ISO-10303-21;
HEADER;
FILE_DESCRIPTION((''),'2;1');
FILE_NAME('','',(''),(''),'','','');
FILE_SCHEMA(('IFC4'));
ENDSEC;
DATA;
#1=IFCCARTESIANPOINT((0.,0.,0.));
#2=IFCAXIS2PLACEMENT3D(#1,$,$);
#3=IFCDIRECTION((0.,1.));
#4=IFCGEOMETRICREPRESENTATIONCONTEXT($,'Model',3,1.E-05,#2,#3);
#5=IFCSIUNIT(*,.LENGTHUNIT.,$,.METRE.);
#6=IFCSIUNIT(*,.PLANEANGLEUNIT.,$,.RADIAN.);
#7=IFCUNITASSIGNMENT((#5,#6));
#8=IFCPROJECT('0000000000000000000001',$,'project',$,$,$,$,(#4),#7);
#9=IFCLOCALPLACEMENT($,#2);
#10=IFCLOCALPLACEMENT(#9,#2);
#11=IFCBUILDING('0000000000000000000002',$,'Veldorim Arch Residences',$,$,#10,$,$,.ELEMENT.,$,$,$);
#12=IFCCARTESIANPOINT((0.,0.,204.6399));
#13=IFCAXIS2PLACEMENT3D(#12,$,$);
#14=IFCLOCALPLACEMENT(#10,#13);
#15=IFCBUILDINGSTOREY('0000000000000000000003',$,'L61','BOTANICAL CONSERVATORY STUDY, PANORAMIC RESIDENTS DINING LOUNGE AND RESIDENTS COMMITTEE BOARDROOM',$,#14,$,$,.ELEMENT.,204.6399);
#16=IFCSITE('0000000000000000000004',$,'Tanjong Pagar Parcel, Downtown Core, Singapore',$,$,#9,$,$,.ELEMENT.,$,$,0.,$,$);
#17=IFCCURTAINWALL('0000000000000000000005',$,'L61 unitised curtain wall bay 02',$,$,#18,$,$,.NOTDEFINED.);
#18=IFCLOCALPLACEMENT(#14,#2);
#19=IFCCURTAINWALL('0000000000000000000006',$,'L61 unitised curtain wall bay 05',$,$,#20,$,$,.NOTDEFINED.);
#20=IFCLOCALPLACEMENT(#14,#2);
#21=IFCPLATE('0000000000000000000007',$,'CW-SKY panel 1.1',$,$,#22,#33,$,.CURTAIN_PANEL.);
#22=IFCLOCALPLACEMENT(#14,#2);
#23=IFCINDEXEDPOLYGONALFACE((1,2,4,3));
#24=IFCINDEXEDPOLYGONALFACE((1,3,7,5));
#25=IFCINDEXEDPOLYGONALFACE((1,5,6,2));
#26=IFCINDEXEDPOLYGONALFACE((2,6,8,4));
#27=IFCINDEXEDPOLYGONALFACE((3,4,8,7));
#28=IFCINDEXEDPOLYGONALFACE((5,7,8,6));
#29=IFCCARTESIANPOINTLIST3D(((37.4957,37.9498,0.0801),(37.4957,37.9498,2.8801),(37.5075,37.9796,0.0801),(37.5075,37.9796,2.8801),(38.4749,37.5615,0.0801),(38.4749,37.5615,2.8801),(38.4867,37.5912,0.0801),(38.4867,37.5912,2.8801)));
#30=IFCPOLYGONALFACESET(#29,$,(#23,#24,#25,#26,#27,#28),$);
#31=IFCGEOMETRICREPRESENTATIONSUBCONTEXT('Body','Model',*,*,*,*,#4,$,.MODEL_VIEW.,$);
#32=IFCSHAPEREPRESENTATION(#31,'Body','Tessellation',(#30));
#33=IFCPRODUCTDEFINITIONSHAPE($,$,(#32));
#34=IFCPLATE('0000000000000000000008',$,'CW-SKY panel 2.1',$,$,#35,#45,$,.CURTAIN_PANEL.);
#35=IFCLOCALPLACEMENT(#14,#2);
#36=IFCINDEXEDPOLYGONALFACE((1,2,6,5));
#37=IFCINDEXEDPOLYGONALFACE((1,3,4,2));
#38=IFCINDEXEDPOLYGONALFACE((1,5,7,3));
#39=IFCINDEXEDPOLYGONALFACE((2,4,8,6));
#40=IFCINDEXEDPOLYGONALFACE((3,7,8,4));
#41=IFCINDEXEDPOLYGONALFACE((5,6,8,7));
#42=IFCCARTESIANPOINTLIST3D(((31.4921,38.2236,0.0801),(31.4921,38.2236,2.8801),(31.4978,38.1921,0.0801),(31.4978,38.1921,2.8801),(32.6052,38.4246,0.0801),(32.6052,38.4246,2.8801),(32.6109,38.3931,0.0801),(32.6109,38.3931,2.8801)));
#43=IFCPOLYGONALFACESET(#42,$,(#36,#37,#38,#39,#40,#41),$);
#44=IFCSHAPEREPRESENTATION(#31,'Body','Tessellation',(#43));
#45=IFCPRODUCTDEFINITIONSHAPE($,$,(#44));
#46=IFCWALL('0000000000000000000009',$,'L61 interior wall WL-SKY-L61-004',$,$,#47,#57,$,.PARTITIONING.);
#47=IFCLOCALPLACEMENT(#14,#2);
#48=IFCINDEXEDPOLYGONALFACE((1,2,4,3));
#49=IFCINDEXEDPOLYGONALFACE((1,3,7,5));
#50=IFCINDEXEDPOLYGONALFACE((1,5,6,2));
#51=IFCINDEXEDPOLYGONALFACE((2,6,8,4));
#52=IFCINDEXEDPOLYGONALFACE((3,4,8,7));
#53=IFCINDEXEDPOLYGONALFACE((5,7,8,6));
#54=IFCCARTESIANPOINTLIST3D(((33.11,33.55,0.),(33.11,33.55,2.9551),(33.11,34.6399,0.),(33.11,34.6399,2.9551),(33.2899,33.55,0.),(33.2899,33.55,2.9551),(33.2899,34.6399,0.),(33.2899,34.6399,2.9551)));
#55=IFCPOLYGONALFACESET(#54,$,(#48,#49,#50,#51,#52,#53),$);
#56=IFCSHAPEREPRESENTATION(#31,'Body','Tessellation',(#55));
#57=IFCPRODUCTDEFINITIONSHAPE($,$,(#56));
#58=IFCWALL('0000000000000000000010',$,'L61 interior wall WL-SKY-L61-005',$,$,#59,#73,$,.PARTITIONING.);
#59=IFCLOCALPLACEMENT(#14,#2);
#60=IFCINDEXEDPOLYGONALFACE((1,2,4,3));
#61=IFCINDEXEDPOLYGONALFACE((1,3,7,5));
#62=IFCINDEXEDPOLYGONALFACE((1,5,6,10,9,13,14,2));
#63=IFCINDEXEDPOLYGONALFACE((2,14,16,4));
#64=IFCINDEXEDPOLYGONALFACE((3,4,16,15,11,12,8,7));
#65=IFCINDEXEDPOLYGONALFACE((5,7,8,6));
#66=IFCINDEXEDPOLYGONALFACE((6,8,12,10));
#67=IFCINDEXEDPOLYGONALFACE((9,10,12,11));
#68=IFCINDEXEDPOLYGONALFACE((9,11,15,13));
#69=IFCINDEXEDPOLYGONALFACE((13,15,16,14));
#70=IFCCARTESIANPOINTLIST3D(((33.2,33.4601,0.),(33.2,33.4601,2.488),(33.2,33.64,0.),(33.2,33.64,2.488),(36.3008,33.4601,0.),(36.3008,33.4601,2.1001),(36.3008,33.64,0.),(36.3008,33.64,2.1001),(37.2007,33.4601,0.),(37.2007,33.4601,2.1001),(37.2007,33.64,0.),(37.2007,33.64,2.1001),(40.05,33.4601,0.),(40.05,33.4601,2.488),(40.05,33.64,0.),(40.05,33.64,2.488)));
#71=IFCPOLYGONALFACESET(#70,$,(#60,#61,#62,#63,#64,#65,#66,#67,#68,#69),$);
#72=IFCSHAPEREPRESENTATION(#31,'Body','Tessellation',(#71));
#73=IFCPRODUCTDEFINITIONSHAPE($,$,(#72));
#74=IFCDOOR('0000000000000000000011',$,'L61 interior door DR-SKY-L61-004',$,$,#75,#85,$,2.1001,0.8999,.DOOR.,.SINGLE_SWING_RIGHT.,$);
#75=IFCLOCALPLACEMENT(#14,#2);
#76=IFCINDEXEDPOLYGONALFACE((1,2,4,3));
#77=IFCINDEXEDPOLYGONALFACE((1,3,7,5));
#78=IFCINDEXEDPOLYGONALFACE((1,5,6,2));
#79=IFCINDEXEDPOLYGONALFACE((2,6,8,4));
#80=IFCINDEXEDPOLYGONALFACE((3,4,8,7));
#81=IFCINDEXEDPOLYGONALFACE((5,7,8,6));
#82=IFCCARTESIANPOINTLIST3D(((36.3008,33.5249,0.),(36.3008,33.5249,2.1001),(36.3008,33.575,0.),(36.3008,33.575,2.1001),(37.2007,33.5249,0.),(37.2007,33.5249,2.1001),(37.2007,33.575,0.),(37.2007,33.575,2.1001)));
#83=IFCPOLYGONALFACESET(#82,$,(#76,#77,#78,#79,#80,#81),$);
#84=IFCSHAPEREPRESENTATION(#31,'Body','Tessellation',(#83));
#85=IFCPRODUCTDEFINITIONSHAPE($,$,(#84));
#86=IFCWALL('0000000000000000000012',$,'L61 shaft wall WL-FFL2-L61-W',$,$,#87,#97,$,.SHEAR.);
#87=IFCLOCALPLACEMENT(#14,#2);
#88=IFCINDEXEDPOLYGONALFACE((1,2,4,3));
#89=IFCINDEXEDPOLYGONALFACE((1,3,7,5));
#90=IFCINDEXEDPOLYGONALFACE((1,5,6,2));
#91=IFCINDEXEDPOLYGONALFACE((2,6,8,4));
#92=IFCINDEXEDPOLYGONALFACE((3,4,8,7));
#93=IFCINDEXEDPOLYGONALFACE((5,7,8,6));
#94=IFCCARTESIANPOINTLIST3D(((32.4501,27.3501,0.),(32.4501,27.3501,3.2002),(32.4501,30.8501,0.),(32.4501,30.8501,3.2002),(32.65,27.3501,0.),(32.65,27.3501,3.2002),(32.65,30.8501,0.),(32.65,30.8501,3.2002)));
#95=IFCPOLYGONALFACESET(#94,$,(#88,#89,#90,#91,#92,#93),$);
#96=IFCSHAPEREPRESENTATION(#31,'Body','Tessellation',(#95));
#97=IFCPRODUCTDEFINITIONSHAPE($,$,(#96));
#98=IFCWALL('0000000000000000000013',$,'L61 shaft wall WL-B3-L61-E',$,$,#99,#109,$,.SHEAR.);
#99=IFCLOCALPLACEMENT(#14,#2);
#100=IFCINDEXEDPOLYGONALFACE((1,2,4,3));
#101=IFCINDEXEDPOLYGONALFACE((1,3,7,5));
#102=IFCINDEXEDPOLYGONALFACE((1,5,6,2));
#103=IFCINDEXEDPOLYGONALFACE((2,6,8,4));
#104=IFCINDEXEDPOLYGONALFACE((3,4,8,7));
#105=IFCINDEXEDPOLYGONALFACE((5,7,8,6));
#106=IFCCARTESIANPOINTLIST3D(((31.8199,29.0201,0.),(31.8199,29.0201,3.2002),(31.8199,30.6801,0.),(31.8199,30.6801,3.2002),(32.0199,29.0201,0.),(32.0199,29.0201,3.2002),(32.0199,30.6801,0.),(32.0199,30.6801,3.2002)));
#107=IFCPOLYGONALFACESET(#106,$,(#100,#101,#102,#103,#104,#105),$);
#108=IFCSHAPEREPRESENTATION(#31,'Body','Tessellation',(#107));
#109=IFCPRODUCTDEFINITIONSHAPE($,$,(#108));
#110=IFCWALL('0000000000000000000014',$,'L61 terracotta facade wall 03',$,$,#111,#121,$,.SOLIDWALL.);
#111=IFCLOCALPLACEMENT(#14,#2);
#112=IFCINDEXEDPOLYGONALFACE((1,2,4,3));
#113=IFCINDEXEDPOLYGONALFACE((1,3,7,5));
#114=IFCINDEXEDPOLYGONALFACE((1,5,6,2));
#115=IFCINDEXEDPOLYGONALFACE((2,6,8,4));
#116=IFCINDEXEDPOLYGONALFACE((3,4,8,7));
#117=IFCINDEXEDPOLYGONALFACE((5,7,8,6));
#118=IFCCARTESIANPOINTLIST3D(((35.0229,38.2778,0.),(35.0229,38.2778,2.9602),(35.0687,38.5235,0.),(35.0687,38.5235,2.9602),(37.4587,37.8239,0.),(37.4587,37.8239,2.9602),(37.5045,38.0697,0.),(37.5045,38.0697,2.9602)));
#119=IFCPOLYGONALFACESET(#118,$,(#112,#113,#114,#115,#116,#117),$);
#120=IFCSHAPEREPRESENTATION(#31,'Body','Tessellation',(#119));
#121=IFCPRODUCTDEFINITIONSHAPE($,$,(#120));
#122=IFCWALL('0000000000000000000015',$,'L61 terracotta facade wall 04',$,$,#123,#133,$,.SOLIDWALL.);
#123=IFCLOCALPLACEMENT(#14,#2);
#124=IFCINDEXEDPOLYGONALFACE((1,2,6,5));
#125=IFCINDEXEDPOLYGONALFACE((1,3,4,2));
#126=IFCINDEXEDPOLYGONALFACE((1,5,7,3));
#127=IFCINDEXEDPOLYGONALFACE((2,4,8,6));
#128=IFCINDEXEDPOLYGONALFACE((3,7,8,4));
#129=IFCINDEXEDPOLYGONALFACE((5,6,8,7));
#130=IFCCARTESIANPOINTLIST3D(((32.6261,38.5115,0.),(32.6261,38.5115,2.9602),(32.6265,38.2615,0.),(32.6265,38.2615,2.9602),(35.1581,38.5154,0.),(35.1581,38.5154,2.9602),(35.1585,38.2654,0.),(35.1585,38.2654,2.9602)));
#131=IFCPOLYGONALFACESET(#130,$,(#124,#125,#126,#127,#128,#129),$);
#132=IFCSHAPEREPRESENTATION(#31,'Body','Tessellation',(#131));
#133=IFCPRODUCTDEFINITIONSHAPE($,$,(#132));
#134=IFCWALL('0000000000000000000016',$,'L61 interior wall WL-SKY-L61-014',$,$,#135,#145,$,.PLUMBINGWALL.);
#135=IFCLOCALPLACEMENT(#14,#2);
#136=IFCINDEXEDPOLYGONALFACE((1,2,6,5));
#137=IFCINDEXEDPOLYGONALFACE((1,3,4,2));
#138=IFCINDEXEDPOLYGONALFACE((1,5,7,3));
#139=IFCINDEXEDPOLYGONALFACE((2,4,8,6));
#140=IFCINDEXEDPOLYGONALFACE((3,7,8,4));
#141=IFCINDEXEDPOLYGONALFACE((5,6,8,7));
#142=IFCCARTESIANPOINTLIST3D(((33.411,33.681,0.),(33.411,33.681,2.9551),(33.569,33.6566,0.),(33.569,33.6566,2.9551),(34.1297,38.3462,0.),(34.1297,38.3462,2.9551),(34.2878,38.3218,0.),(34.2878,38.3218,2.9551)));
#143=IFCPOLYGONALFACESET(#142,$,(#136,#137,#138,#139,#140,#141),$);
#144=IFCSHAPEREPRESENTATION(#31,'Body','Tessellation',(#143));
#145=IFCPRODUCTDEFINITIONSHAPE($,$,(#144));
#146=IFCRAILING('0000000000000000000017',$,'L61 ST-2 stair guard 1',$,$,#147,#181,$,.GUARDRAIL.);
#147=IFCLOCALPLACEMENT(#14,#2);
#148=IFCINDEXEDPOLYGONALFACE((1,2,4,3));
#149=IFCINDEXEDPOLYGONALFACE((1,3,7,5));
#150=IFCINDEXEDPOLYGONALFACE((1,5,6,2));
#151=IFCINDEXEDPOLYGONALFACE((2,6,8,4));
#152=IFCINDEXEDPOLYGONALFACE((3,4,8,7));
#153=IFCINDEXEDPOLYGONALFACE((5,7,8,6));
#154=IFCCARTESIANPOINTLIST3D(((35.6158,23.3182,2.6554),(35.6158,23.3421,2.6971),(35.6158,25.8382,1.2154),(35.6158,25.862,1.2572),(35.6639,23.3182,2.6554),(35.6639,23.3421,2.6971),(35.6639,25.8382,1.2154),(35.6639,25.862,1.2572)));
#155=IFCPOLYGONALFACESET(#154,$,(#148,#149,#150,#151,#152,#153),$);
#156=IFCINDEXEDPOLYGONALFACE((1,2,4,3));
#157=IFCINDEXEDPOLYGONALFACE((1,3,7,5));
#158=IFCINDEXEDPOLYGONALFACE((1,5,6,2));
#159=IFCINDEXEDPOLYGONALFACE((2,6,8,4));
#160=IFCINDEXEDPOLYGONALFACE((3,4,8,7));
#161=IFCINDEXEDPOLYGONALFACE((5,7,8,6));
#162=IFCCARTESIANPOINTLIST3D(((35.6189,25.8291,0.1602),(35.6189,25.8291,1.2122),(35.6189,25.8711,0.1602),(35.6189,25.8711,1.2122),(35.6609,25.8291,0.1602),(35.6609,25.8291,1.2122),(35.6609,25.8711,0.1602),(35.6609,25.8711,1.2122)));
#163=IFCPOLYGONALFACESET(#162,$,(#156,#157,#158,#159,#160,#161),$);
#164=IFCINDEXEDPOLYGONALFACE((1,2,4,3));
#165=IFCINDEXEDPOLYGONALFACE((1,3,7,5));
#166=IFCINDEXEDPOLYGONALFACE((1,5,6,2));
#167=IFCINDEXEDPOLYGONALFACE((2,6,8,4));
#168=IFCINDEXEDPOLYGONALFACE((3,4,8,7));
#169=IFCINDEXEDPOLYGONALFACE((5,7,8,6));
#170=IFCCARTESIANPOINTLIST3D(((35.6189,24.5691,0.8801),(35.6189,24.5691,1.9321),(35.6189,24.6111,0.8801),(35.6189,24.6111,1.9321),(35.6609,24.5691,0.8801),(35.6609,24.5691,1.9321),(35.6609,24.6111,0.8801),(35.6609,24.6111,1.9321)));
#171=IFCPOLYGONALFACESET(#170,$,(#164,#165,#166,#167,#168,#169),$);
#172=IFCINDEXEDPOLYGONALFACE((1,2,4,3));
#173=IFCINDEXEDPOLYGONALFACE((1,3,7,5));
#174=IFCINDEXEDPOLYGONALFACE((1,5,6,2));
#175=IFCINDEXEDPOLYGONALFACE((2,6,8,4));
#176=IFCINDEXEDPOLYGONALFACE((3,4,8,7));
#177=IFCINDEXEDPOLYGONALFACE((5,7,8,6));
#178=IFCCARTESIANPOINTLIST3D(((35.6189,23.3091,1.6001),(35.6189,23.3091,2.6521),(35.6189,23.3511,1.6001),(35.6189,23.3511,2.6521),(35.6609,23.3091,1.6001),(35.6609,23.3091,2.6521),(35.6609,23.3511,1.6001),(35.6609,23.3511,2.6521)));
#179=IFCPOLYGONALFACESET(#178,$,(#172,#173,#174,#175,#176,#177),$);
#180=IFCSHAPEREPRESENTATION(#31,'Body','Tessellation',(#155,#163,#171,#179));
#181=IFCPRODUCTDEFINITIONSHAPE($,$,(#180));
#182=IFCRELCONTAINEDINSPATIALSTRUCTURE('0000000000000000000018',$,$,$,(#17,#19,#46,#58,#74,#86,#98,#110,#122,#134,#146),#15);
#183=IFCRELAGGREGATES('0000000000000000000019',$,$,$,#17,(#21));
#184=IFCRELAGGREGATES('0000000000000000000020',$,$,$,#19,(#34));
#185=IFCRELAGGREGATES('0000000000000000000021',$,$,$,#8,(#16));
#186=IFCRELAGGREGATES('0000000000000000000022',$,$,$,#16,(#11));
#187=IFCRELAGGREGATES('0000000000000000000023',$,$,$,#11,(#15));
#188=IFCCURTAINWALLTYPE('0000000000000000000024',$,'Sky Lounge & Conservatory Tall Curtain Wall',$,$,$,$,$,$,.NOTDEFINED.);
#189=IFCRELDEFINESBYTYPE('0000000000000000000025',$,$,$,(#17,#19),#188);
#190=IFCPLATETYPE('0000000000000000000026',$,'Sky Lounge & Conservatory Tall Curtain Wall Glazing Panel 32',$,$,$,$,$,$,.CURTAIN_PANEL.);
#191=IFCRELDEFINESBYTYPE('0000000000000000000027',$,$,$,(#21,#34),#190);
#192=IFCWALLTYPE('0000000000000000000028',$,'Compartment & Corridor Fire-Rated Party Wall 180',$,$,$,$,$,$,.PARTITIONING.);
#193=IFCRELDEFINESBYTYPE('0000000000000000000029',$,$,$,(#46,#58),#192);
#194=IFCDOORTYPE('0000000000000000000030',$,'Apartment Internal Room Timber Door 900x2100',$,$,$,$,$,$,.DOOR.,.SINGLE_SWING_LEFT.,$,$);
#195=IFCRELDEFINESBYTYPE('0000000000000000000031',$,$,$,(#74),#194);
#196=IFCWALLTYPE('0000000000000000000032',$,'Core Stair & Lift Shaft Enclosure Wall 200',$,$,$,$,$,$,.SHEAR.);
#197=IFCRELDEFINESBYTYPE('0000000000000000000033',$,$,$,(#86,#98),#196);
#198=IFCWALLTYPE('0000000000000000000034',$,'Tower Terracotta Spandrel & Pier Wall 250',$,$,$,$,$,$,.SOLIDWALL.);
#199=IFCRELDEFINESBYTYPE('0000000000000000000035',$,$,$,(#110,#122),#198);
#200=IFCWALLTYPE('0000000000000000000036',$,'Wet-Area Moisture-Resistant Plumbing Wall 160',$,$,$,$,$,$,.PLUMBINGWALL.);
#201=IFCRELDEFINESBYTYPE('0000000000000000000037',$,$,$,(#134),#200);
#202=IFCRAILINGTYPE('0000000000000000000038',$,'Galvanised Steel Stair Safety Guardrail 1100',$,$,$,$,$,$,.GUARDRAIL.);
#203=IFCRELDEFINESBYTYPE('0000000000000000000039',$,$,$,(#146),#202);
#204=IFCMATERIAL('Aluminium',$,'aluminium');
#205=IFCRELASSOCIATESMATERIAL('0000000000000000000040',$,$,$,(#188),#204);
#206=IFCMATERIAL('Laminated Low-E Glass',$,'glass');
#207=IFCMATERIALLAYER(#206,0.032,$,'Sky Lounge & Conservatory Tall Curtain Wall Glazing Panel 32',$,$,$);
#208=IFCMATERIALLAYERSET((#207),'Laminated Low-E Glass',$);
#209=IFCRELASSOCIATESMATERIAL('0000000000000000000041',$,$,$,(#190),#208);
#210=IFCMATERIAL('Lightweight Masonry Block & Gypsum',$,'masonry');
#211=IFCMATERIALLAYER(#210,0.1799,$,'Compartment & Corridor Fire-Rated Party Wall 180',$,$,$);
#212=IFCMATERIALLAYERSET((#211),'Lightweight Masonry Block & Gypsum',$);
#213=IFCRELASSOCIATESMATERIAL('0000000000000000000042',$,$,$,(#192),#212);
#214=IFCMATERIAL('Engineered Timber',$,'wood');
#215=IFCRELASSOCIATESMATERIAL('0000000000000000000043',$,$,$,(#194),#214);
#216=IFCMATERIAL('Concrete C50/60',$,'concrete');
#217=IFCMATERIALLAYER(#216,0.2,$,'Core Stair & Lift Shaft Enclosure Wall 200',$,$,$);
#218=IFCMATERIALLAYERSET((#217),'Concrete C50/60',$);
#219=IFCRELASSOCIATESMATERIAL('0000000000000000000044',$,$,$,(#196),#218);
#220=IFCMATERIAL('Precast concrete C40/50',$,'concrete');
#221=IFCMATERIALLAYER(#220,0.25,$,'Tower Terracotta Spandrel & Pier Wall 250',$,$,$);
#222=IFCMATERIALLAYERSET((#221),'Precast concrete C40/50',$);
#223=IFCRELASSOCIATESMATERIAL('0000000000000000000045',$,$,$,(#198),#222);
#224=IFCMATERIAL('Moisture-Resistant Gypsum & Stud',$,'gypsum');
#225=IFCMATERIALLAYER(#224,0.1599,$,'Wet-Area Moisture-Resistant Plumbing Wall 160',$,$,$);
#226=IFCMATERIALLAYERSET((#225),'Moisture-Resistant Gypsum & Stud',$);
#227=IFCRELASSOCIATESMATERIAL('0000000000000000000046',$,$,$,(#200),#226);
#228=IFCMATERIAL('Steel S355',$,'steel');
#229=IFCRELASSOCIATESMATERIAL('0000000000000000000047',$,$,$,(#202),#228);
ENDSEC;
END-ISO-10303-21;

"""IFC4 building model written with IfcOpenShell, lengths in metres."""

from ifc_helpers import new_model, si_unit, direction, frame, frame_2d, origin, origin_2d, place, context, subcontext, project, spatial, rectangle, extrude, material, layer, layer_set, type_object, element, fill, aggregate, save


model = new_model("IFC4")

# Units and contexts
model_context = context("Model", 3, precision=1e-05, world=origin(), true_north=direction((0.0, 1.0)))
body_context = subcontext(model_context, "Body", "Model", "MODEL_VIEW")
ifc_project = project(units=[si_unit("LENGTHUNIT", "METRE"), si_unit("PLANEANGLEUNIT", "RADIAN")], contexts=[model_context])

# Site, building, storey
site_placement = place(None, origin())
site = spatial("IfcSite", under=ifc_project, at=site_placement, Name="Tanjong Pagar Parcel, Downtown Core, Singapore", CompositionType="ELEMENT", RefElevation=0.0)
building_placement = place(site_placement, origin())
building = spatial("IfcBuilding", under=site, at=building_placement, Name="Veldorim Arch Residences", CompositionType="ELEMENT")
storey_placement = place(building_placement, frame((0.0, 0.0, 204.6399)))
storey = spatial("IfcBuildingStorey", under=building, at=storey_placement, Name="L61", Description="BOTANICAL CONSERVATORY STUDY, PANORAMIC RESIDENTS DINING LOUNGE AND RESIDENTS COMMITTEE BOARDROOM", CompositionType="ELEMENT", Elevation=204.6399)

# Curtain wall
ifc_material_1 = material(Name="Aluminium", Category="aluminium")
curtain_wall_type = type_object("IfcCurtainWallType", Name="Sky Lounge & Conservatory Tall Curtain Wall", PredefinedType="NOTDEFINED", material=ifc_material_1)
curtain_wall_1_placement = place(storey_placement, origin())
curtain_wall_1 = element("IfcCurtainWall", 1, at=curtain_wall_1_placement, inside=storey, type_object=curtain_wall_type, Name="L61 unitised curtain wall bay 02", PredefinedType="NOTDEFINED")

# Curtain wall
curtain_wall_2_placement = place(storey_placement, origin())
curtain_wall_2 = element("IfcCurtainWall", 2, at=curtain_wall_2_placement, inside=storey, type_object=curtain_wall_type, Name="L61 unitised curtain wall bay 05", PredefinedType="NOTDEFINED")

# Plates
ifc_material_2 = material(Name="Laminated Low-E Glass", Category="glass")
ifc_layer_1 = layer(ifc_material_2, 0.032, Name="Sky Lounge & Conservatory Tall Curtain Wall Glazing Panel 32")
ifc_layer_set_1 = layer_set([ifc_layer_1], Name="Laminated Low-E Glass")
plate_type = type_object("IfcPlateType", Name="Sky Lounge & Conservatory Tall Curtain Wall Glazing Panel 32", PredefinedType="CURTAIN_PANEL", material=ifc_layer_set_1)
plate_1_placement = place(storey_placement, frame((37.9912, 37.7705, 0.0801), z_axis=(0.0, 0.0, 1.0), x_axis=(0.92956, -0.368671, 0.0)))
plate_1 = element("IfcPlate", 3, at=plate_1_placement, type_object=plate_type, Name="CW-SKY panel 1.1", PredefinedType="CURTAIN_PANEL", context=body_context, shape_type="SweptSolid", body=[
    extrude(rectangle(XDim=1.0535, YDim=0.032, at=origin_2d()), origin(), (0.0, 0.0, 1.0), 2.8),
])
aggregate(curtain_wall_1, [plate_1])
plate_2_placement = place(storey_placement, frame((32.0515, 38.3083, 0.0801), z_axis=(0.0, 0.0, 1.0), x_axis=(0.984088, 0.177683, 0.0)))
plate_2 = element("IfcPlate", 4, at=plate_2_placement, type_object=plate_type, Name="CW-SKY panel 2.1", PredefinedType="CURTAIN_PANEL", context=body_context, shape_type="SweptSolid", body=[
    extrude(rectangle(XDim=1.1311, YDim=0.032, at=origin_2d()), origin(), (0.0, 0.0, 1.0), 2.8),
])
aggregate(curtain_wall_2, [plate_2])

# Wall
ifc_material_3 = material(Name="Lightweight Masonry Block & Gypsum", Category="masonry")
ifc_layer_2 = layer(ifc_material_3, 0.1799, Name="Compartment & Corridor Fire-Rated Party Wall 180")
ifc_layer_set_2 = layer_set([ifc_layer_2], Name="Lightweight Masonry Block & Gypsum")
wall_type_1 = type_object("IfcWallType", Name="Compartment & Corridor Fire-Rated Party Wall 180", PredefinedType="PARTITIONING", material=ifc_layer_set_2)
wall_1_placement = place(storey_placement, frame((33.2, 34.6399, 0.0), z_axis=(0.0, 0.0, 1.0), x_axis=(0.0, -1.0, 0.0)))
element("IfcWall", 5, at=wall_1_placement, inside=storey, type_object=wall_type_1, Name="L61 interior wall WL-SKY-L61-004", PredefinedType="PARTITIONING", context=body_context, shape_type="SweptSolid", body=[
    extrude(rectangle(XDim=1.0898, YDim=0.1799, at=frame_2d((0.5449, 0.0))), origin(), (0.0, 0.0, 1.0), 2.9551),
])

# Wall, opening, door
wall_2_placement = place(storey_placement, frame((33.2, 33.55, 0.0), z_axis=(0.0, 0.0, 1.0), x_axis=(1.0, 0.0, 0.0)))
wall_2 = element("IfcWall", 6, at=wall_2_placement, inside=storey, type_object=wall_type_1, Name="L61 interior wall WL-SKY-L61-005", PredefinedType="PARTITIONING", context=body_context, shape_type="SweptSolid", body=[
    extrude(rectangle(XDim=6.8501, YDim=0.1799, at=frame_2d((3.425, 0.0))), origin(), (0.0, 0.0, 1.0), 2.488),
])
opening_1_placement = place(wall_2_placement, frame((3.1008, 0.0, 0.0)))
opening_1 = element("IfcOpeningElement", 7, at=opening_1_placement, cuts=wall_2, PredefinedType="OPENING", context=body_context, shape_type="SweptSolid", body=[
    extrude(rectangle(XDim=0.8999, YDim=2.1001, at=frame_2d((0.45, 1.05))), frame((0.0, 0.0999, 0.0), z_axis=(0.0, -1.0, 0.0), x_axis=(1.0, 0.0, 0.0)), (0.0, 0.0, 1.0), 0.2),
])
ifc_material_4 = material(Name="Engineered Timber", Category="wood")
door_type_1 = type_object("IfcDoorType", Name="Apartment Internal Room Timber Door 900x2100", OperationType="SINGLE_SWING_LEFT", PredefinedType="DOOR", material=ifc_material_4)
door_1_placement = place(opening_1_placement, origin())
door_1 = element("IfcDoor", 8, at=door_1_placement, inside=storey, type_object=door_type_1, Name="L61 interior door DR-SKY-L61-004", OperationType="SINGLE_SWING_RIGHT", OverallHeight=2.1001, OverallWidth=0.8999, PredefinedType="DOOR", context=body_context, shape_type="SweptSolid", body=[
    extrude(rectangle(XDim=0.8999, YDim=2.1001, at=frame_2d((0.45, 1.05))), frame((0.0, 0.0249, 0.0), z_axis=(0.0, -1.0, 0.0), x_axis=(1.0, 0.0, 0.0)), (0.0, 0.0, 1.0), 0.05),
])
fill(opening_1, door_1)
ifc_material_5 = material(Name="Concrete C50/60", Category="concrete")
ifc_layer_3 = layer(ifc_material_5, 0.2, Name="Core Stair & Lift Shaft Enclosure Wall 200")
ifc_layer_set_3 = layer_set([ifc_layer_3], Name="Concrete C50/60")
wall_type_2 = type_object("IfcWallType", Name="Core Stair & Lift Shaft Enclosure Wall 200", PredefinedType="SHEAR", material=ifc_layer_set_3)

# Wall
wall_3_placement = place(storey_placement, frame((32.55, 27.3501, 0.0), z_axis=(0.0, 0.0, 1.0), x_axis=(0.0, 1.0, 0.0)))
element("IfcWall", 9, at=wall_3_placement, inside=storey, type_object=wall_type_2, Name="L61 shaft wall WL-FFL2-L61-W", PredefinedType="SHEAR", context=body_context, shape_type="SweptSolid", body=[
    extrude(rectangle(XDim=3.5, YDim=0.2, at=frame_2d((1.75, 0.0))), origin(), (0.0, 0.0, 1.0), 3.2002),
])

# Walls
wall_4_placement = place(storey_placement, frame((31.9199, 29.02, 0.0), z_axis=(0.0, 0.0, 1.0), x_axis=(0.0, 1.0, 0.0)))
element("IfcWall", 10, at=wall_4_placement, inside=storey, type_object=wall_type_2, Name="L61 shaft wall WL-B3-L61-E", PredefinedType="SHEAR", context=body_context, shape_type="SweptSolid", body=[
    extrude(rectangle(XDim=1.6599, YDim=0.2, at=frame_2d((0.8301, 0.0))), origin(), (0.0, 0.0, 1.0), 3.2002),
])
ifc_material_6 = material(Name="Precast concrete C40/50", Category="concrete")
ifc_layer_4 = layer(ifc_material_6, 0.25, Name="Tower Terracotta Spandrel & Pier Wall 250")
ifc_layer_set_4 = layer_set([ifc_layer_4], Name="Precast concrete C40/50")
wall_type_3 = type_object("IfcWallType", Name="Tower Terracotta Spandrel & Pier Wall 250", PredefinedType="SOLIDWALL", material=ifc_layer_set_4)
wall_5_placement = place(storey_placement, frame((35.0459, 38.4006, 0.0), z_axis=(0.0, 0.0, 1.0), x_axis=(0.98308, -0.183176, 0.0)))
element("IfcWall", 11, at=wall_5_placement, inside=storey, type_object=wall_type_3, Name="L61 terracotta facade wall 03", PredefinedType="SOLIDWALL", context=body_context, shape_type="SweptSolid", body=[
    extrude(rectangle(XDim=2.4778, YDim=0.25, at=frame_2d((1.2388, 0.0))), origin(), (0.0, 0.0, 1.0), 2.9602),
])
wall_6_placement = place(storey_placement, frame((32.6262, 38.3865, 0.0), z_axis=(0.0, 0.0, 1.0), x_axis=(0.999999, 0.001543, 0.0)))
element("IfcWall", 12, at=wall_6_placement, inside=storey, type_object=wall_type_3, Name="L61 terracotta facade wall 04", PredefinedType="SOLIDWALL", context=body_context, shape_type="SweptSolid", body=[
    extrude(rectangle(XDim=2.532, YDim=0.25, at=frame_2d((1.2661, 0.0))), origin(), (0.0, 0.0, 1.0), 2.9602),
])
ifc_material_7 = material(Name="Moisture-Resistant Gypsum & Stud", Category="gypsum")
ifc_layer_5 = layer(ifc_material_7, 0.1599, Name="Wet-Area Moisture-Resistant Plumbing Wall 160")
ifc_layer_set_5 = layer_set([ifc_layer_5], Name="Moisture-Resistant Gypsum & Stud")
wall_type_4 = type_object("IfcWallType", Name="Wet-Area Moisture-Resistant Plumbing Wall 160", PredefinedType="PLUMBINGWALL", material=ifc_layer_set_5)
wall_7_placement = place(storey_placement, frame((34.2087, 38.334, 0.0), z_axis=(0.0, 0.0, 1.0), x_axis=(-0.152267, -0.988339, 0.0)))
element("IfcWall", 13, at=wall_7_placement, inside=storey, type_object=wall_type_4, Name="L61 interior wall WL-SKY-L61-014", PredefinedType="PLUMBINGWALL", context=body_context, shape_type="SweptSolid", body=[
    extrude(rectangle(XDim=4.7202, YDim=0.1599, at=frame_2d((2.3601, 0.0))), origin(), (0.0, 0.0, 1.0), 2.9551),
])

# Railing
ifc_material_8 = material(Name="Steel S355", Category="steel")
railing_type_1 = type_object("IfcRailingType", Name="Galvanised Steel Stair Safety Guardrail 1100", PredefinedType="GUARDRAIL", material=ifc_material_8)
railing_1_placement = place(storey_placement, frame((35.6399, 25.8501, 0.1602)))
element("IfcRailing", 14, at=railing_1_placement, inside=storey, type_object=railing_type_1, Name="L61 ST-2 stair guard 1", PredefinedType="GUARDRAIL", context=body_context, shape_type="SweptSolid", body=[
    extrude(rectangle(XDim=0.0481, YDim=0.0481, at=origin_2d()), frame((0.0, 0.0, 1.0762), z_axis=(0.0, -0.868253, 0.496121), x_axis=(1.0, 0.0, 0.0)), (0.0, 0.0, 1.0), 2.9023),
    extrude(rectangle(XDim=0.042, YDim=0.042, at=origin_2d()), origin(), (0.0, 0.0, 1.0), 1.052),
    extrude(rectangle(XDim=0.042, YDim=0.042, at=origin_2d()), frame((0.0, -1.26, 0.72)), (0.0, 0.0, 1.0), 1.052),
    extrude(rectangle(XDim=0.042, YDim=0.042, at=origin_2d()), frame((0.0, -2.52, 1.4399)), (0.0, 0.0, 1.0), 1.052),
])

save(model, "model.ifc")
